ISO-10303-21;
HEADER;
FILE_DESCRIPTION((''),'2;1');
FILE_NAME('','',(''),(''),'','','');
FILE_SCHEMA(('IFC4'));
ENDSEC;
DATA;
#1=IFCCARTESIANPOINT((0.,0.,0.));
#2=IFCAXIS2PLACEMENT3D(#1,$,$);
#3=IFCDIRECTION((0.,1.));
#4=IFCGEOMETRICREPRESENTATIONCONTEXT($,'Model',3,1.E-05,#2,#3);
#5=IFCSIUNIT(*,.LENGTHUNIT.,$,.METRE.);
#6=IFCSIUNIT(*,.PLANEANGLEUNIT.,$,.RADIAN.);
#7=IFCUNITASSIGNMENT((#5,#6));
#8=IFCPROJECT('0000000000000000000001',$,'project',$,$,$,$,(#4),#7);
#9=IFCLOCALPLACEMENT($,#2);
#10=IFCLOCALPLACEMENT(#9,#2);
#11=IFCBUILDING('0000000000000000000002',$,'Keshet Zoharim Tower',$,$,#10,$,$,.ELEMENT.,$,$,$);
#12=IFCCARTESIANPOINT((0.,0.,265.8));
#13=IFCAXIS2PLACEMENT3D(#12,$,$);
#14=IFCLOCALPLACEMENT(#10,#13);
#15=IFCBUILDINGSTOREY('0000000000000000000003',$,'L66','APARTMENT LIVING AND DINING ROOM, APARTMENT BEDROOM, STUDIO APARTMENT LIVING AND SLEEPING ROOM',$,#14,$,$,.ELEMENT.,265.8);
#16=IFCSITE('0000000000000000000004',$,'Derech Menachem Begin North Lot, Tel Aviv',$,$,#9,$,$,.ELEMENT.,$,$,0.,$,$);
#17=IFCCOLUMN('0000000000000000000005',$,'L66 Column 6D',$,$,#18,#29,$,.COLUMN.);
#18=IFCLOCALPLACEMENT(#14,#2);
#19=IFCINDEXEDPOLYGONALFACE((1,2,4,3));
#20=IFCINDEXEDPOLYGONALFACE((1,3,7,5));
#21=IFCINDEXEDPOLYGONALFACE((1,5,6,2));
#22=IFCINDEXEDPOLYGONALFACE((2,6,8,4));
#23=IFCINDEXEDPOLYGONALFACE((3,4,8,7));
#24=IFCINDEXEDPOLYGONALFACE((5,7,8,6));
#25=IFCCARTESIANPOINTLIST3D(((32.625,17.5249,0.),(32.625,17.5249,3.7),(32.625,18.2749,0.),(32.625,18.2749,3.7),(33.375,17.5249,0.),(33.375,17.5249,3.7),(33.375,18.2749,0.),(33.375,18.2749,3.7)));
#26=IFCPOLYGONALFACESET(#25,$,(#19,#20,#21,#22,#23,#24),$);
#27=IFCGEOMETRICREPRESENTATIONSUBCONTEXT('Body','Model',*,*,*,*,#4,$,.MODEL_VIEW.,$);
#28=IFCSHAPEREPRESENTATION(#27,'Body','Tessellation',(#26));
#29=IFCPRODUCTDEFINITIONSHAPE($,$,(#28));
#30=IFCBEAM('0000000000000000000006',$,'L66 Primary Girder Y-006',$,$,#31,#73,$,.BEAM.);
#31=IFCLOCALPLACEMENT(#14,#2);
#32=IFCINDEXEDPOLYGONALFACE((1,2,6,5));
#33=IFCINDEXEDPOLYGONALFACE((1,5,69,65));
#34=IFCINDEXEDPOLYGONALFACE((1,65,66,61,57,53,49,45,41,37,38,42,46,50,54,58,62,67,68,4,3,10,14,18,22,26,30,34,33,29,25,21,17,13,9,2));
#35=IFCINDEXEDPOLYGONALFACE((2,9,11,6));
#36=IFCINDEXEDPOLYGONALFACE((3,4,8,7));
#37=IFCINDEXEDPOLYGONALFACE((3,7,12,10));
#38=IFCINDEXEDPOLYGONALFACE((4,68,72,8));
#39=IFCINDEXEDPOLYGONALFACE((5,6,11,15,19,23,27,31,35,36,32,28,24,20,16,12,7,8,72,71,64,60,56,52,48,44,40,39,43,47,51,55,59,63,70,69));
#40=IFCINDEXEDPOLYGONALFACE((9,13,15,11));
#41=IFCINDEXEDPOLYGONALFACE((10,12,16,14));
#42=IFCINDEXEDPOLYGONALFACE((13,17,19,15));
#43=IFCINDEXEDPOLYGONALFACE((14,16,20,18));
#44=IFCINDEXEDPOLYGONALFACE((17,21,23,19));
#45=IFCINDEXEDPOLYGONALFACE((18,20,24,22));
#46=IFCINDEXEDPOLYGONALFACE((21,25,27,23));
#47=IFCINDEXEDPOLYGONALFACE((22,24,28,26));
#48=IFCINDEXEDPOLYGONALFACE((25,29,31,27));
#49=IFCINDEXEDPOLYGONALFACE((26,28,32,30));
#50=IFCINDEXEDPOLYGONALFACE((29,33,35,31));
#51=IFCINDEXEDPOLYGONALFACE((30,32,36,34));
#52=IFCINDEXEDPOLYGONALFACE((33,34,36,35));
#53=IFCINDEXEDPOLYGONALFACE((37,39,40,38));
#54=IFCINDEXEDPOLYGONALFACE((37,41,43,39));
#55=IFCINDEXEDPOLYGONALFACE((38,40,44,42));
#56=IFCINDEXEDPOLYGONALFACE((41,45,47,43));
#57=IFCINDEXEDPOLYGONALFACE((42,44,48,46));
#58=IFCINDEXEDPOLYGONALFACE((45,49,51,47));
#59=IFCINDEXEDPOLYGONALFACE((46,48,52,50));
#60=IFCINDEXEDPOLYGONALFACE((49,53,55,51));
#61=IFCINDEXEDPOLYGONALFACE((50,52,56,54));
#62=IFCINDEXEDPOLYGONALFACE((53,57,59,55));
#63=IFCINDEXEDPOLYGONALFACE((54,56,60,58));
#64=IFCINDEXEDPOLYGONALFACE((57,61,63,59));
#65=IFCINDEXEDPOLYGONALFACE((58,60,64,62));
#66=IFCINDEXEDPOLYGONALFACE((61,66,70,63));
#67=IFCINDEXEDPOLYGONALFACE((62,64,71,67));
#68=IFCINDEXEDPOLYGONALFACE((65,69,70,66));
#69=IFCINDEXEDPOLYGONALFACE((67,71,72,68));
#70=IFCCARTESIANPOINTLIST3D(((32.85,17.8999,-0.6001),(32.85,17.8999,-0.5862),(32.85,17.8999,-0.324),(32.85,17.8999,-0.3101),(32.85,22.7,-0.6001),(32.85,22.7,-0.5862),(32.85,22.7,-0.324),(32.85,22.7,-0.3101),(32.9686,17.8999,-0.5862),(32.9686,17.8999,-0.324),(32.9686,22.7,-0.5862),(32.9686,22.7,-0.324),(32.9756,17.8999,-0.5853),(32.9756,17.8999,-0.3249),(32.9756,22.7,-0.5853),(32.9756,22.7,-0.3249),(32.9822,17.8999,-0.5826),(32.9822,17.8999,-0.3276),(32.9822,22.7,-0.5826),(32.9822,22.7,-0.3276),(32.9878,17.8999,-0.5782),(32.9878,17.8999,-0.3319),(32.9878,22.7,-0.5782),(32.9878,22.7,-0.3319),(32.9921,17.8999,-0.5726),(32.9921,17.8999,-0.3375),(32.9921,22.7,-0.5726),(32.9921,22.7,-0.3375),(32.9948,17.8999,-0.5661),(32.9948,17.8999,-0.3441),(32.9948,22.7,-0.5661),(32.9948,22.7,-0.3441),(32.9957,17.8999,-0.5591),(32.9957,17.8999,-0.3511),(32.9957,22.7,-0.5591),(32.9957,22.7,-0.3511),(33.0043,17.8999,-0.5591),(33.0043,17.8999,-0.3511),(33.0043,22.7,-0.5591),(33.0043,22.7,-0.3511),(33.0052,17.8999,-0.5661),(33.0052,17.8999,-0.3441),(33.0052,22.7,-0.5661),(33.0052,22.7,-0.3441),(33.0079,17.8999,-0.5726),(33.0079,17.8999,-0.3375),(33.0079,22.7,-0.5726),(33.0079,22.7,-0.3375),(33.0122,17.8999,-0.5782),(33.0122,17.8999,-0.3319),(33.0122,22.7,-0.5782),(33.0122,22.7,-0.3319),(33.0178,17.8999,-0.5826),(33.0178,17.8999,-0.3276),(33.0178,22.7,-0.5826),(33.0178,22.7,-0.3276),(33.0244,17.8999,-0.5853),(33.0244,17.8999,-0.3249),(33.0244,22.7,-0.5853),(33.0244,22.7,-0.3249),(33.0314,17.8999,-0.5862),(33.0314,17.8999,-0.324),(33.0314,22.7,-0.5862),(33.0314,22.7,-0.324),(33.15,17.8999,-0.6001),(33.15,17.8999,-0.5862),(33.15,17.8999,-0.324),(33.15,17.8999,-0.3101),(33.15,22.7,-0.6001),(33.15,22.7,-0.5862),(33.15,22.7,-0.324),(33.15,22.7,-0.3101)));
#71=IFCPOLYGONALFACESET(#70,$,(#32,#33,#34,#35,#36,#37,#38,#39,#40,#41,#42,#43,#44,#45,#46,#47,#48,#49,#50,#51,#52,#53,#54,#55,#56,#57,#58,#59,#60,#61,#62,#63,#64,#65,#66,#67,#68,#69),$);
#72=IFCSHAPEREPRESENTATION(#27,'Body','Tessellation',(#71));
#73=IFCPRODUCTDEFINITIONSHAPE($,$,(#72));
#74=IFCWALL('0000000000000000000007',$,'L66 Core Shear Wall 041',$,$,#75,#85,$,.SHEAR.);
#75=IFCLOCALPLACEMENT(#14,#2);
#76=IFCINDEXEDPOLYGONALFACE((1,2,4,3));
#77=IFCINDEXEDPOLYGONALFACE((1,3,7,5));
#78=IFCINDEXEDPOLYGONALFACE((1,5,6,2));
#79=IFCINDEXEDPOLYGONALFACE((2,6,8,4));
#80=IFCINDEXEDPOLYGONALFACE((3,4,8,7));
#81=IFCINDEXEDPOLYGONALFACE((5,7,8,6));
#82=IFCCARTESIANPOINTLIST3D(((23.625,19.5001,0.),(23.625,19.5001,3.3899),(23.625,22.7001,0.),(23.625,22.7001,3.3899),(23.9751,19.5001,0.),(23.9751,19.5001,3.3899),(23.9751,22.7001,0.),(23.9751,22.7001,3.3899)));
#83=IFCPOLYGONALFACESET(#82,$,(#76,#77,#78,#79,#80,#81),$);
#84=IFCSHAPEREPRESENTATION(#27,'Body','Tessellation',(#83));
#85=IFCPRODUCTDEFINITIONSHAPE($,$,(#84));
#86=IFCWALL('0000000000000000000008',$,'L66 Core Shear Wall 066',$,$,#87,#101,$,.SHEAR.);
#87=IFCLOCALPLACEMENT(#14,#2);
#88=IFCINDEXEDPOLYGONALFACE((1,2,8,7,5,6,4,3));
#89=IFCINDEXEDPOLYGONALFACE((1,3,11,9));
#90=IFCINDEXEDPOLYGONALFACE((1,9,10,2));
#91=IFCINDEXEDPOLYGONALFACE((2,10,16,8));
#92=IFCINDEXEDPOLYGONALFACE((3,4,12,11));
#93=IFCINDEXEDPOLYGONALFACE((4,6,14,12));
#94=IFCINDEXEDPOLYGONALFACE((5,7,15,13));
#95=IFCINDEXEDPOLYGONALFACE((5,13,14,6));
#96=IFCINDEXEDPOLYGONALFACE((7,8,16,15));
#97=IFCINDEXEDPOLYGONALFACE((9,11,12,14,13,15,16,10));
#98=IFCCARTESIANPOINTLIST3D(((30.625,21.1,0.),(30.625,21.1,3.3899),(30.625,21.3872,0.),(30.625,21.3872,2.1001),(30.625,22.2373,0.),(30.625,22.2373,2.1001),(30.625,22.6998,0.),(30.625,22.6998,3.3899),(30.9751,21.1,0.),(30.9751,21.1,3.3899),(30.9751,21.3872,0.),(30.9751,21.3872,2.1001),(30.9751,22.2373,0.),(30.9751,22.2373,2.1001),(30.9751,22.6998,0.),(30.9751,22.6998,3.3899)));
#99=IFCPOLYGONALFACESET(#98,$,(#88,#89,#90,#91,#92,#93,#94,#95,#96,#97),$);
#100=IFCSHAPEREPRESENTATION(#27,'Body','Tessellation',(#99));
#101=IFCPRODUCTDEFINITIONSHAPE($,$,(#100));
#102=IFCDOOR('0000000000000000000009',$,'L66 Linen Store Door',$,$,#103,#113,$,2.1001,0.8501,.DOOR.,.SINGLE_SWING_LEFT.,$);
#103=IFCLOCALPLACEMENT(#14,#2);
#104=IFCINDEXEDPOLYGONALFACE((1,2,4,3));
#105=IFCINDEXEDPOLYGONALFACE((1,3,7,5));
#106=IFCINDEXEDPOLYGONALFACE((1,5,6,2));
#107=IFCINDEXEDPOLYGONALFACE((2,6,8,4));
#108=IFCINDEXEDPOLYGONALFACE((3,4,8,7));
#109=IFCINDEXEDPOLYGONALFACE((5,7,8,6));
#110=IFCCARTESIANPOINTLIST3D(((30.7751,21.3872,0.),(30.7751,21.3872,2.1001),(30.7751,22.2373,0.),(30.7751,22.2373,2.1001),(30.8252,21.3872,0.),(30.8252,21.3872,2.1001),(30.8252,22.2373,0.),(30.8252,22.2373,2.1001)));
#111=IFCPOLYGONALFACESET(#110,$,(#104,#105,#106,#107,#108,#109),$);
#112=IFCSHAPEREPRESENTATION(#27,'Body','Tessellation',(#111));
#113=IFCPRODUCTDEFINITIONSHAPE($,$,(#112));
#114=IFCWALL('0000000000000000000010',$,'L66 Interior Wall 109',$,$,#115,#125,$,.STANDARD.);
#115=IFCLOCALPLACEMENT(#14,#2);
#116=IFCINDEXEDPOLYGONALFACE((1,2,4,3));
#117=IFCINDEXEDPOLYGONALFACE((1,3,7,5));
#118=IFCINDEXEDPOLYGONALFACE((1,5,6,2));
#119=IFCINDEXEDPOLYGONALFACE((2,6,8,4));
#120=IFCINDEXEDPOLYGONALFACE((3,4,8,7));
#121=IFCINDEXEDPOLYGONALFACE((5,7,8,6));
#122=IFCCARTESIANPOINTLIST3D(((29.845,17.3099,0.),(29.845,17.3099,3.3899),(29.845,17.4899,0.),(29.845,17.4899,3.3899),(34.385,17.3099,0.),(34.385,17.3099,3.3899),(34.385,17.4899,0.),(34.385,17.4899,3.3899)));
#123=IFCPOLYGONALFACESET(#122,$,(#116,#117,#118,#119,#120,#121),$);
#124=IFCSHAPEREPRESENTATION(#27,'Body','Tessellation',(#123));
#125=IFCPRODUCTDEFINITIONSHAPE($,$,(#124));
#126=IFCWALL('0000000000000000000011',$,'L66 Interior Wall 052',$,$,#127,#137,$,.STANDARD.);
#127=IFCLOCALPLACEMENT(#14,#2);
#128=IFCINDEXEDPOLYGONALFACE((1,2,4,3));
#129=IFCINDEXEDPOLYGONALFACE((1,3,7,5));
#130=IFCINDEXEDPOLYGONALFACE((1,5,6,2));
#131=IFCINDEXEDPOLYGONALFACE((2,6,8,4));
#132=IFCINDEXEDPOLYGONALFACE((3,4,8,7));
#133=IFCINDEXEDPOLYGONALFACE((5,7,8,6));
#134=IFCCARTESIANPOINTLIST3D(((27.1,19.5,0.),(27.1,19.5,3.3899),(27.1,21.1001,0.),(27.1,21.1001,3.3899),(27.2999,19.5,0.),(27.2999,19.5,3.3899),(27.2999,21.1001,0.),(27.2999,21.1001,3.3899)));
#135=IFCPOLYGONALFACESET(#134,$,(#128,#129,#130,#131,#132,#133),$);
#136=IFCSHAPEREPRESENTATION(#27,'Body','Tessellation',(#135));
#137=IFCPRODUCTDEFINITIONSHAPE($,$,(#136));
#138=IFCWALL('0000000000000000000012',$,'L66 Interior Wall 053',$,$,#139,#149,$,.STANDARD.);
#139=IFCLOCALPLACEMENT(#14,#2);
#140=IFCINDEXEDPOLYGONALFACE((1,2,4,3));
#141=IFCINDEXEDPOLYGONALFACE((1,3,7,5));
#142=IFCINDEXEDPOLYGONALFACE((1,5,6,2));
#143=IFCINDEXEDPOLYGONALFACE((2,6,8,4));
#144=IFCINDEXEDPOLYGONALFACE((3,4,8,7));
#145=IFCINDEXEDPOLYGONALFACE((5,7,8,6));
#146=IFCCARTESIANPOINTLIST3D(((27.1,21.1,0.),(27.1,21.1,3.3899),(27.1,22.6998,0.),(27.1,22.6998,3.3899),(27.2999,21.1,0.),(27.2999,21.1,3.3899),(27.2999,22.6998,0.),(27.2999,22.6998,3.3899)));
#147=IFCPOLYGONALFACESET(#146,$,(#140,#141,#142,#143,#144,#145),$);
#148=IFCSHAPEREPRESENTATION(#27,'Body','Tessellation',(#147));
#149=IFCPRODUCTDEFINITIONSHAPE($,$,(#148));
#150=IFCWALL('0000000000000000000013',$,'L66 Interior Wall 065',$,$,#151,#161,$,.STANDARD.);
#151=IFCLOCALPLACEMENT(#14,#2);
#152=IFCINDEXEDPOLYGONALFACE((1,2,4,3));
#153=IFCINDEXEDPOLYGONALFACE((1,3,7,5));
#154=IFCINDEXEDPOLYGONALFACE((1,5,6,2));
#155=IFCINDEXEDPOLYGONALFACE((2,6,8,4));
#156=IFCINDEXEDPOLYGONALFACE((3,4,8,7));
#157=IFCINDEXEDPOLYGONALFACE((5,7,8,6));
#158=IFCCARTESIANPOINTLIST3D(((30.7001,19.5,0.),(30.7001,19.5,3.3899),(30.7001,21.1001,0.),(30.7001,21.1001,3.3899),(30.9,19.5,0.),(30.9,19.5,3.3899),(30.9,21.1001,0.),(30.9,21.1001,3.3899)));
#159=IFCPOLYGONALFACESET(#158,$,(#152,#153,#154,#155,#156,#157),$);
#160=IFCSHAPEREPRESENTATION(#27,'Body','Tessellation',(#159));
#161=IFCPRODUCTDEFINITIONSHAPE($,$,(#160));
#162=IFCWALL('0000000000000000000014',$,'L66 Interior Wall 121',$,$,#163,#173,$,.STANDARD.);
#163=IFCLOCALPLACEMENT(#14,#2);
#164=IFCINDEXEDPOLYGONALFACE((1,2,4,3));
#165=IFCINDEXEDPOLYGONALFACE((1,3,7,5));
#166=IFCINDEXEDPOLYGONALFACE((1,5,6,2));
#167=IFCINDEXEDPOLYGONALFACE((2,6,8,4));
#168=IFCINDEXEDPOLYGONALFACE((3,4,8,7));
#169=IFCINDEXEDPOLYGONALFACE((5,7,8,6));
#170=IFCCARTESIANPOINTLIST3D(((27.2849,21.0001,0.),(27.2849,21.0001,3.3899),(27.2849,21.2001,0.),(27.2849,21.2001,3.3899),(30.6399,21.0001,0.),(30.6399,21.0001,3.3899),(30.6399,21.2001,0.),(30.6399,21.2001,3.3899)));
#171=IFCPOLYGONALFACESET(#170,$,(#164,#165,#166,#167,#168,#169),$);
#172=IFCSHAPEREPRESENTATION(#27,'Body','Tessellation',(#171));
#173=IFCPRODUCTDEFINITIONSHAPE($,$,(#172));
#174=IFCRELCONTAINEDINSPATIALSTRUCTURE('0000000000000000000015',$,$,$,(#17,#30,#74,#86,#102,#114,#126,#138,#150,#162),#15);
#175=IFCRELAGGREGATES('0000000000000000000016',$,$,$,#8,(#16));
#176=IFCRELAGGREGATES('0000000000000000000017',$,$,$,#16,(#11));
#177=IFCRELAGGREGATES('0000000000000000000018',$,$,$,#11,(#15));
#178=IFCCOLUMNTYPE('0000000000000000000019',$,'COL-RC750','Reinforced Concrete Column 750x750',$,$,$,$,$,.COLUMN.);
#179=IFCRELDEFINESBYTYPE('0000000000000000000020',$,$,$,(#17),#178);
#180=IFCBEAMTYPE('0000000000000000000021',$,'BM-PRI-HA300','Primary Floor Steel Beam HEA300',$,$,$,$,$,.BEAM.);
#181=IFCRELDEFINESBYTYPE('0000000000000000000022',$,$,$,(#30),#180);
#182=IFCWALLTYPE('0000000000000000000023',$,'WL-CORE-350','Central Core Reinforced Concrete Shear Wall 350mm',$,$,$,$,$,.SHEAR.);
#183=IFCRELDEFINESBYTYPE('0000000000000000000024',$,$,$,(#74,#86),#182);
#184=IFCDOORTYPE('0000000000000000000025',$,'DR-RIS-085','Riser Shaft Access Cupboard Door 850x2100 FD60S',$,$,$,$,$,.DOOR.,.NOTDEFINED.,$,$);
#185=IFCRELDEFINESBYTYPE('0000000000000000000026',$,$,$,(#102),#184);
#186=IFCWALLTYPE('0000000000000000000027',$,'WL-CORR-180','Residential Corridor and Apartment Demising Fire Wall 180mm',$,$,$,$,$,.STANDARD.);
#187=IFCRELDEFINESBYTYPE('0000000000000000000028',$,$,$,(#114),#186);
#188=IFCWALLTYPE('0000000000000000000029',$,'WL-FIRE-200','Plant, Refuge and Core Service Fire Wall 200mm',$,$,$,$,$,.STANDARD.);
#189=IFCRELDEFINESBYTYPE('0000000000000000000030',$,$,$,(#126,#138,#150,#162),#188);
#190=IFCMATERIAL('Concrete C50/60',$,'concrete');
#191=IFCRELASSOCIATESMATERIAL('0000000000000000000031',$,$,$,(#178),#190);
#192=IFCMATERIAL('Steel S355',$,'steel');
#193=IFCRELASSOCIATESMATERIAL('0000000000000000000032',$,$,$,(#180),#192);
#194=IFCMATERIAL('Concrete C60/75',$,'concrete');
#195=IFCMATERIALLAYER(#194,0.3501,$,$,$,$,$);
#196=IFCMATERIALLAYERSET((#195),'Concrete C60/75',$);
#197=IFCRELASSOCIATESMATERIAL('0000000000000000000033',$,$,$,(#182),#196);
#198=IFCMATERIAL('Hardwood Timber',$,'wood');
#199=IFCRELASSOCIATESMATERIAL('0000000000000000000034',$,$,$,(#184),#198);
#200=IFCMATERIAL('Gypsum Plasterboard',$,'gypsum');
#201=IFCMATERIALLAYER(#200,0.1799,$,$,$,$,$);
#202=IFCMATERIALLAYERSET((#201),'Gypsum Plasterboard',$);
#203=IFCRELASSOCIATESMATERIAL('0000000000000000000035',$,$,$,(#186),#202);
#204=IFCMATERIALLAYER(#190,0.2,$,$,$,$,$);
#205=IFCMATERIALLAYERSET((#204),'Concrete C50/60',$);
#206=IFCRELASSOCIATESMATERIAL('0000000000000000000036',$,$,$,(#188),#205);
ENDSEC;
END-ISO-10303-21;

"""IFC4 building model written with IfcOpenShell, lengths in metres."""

from ifc_helpers import new_model, si_unit, direction, frame, frame_2d, origin, origin_2d, place, context, subcontext, project, spatial, rectangle, i_section, extrude, material, layer, layer_set, material_profile, profile_set, type_object, element, fill, save


model = new_model("IFC4")

# Units and contexts
model_context = context("Model", 3, precision=1e-05, world=origin(), true_north=direction((0.0, 1.0)))
body_context = subcontext(model_context, "Body", "Model", "MODEL_VIEW")
ifc_project = project(units=[si_unit("LENGTHUNIT", "METRE"), si_unit("PLANEANGLEUNIT", "RADIAN")], contexts=[model_context])

# Site, building, storey
site_placement = place(None, origin())
site = spatial("IfcSite", under=ifc_project, at=site_placement, Name="Derech Menachem Begin North Lot, Tel Aviv", CompositionType="ELEMENT", RefElevation=0.0)
building_placement = place(site_placement, origin())
building = spatial("IfcBuilding", under=site, at=building_placement, Name="Keshet Zoharim Tower", CompositionType="ELEMENT")
storey_placement = place(building_placement, frame((0.0, 0.0, 265.8)))
storey = spatial("IfcBuildingStorey", under=building, at=storey_placement, Name="L66", Description="APARTMENT LIVING AND DINING ROOM, APARTMENT BEDROOM, STUDIO APARTMENT LIVING AND SLEEPING ROOM", CompositionType="ELEMENT", Elevation=265.8)

# Column
ifc_material_1 = material(Name="Concrete C50/60", Category="concrete")
ifc_material_profile_1 = material_profile(ifc_material_1, rectangle(XDim=0.75, YDim=0.75, at=origin_2d()), Name="RC750x750")
ifc_profile_set_1 = profile_set([ifc_material_profile_1], Name="Concrete C50/60")
column_type = type_object("IfcColumnType", Name="COL-RC750", Description="Reinforced Concrete Column 750x750", PredefinedType="COLUMN", material=ifc_profile_set_1)
column_placement = place(storey_placement, frame((33.0, 17.8999, 0.0), z_axis=(0.0, 0.0, 1.0), x_axis=(1.0, 0.0, 0.0)))
element("IfcColumn", 1, at=column_placement, inside=storey, type_object=column_type, Name="L66 Column 6D", PredefinedType="COLUMN", context=body_context, shape_type="SweptSolid", body=[
    extrude(rectangle(XDim=0.75, YDim=0.75, at=origin_2d()), origin(), (0.0, 0.0, 1.0), 3.7),
])

# Beam
ifc_material_2 = material(Name="Steel S355", Category="steel")
ifc_material_profile_2 = material_profile(ifc_material_2, i_section(OverallWidth=0.3, OverallDepth=0.29, WebThickness=0.0085, FlangeThickness=0.0139, FilletRadius=0.0271, at=origin_2d()), Name="HEA300")
ifc_profile_set_2 = profile_set([ifc_material_profile_2], Name="Steel S355")
beam_type = type_object("IfcBeamType", Name="BM-PRI-HA300", Description="Primary Floor Steel Beam HEA300", PredefinedType="BEAM", material=ifc_profile_set_2)
beam_placement = place(storey_placement, frame((33.0, 17.8999, -0.4551), z_axis=(0.0, 1.0, 0.0), x_axis=(-1.0, 0.0, 0.0)))
element("IfcBeam", 2, at=beam_placement, inside=storey, type_object=beam_type, Name="L66 Primary Girder Y-006", PredefinedType="BEAM", context=body_context, shape_type="SweptSolid", body=[
    extrude(i_section(OverallWidth=0.3, OverallDepth=0.29, WebThickness=0.0085, FlangeThickness=0.0139, FilletRadius=0.0271, at=origin_2d()), origin(), (0.0, 0.0, 1.0), 4.8),
])

# Wall
ifc_material_3 = material(Name="Concrete C60/75", Category="concrete")
ifc_layer_1 = layer(ifc_material_3, 0.3501)
ifc_layer_set_1 = layer_set([ifc_layer_1], Name="Concrete C60/75")
wall_type_1 = type_object("IfcWallType", Name="WL-CORE-350", Description="Central Core Reinforced Concrete Shear Wall 350mm", PredefinedType="SHEAR", material=ifc_layer_set_1)
wall_1_placement = place(storey_placement, frame((23.8, 19.5, 0.0), z_axis=(0.0, 0.0, 1.0), x_axis=(0.0, 1.0, 0.0)))
element("IfcWall", 3, at=wall_1_placement, inside=storey, type_object=wall_type_1, Name="L66 Core Shear Wall 041", PredefinedType="SHEAR", context=body_context, shape_type="SweptSolid", body=[
    extrude(rectangle(XDim=3.2, YDim=0.3501, at=frame_2d((1.6001, 0.0))), origin(), (0.0, 0.0, 1.0), 3.3899),
])

# Wall, opening, door
wall_2_placement = place(storey_placement, frame((30.8, 21.1001, 0.0), z_axis=(0.0, 0.0, 1.0), x_axis=(0.0, 1.0, 0.0)))
wall_2 = element("IfcWall", 4, at=wall_2_placement, inside=storey, type_object=wall_type_1, Name="L66 Core Shear Wall 066", PredefinedType="SHEAR", context=body_context, shape_type="SweptSolid", body=[
    extrude(rectangle(XDim=1.5999, YDim=0.3501, at=frame_2d((0.7998, 0.0))), origin(), (0.0, 0.0, 1.0), 3.3899),
])
opening_1_placement = place(wall_2_placement, frame((0.2871, 0.0, 0.0)))
opening_1 = element("IfcOpeningElement", 5, at=opening_1_placement, cuts=wall_2, PredefinedType="OPENING", context=body_context, shape_type="SweptSolid", body=[
    extrude(rectangle(XDim=0.8501, YDim=2.1001, at=frame_2d((0.425, 1.05))), frame((0.0, 0.1851, 0.0), z_axis=(0.0, -1.0, 0.0), x_axis=(1.0, 0.0, 0.0)), (0.0, 0.0, 1.0), 0.3701),
])
ifc_material_4 = material(Name="Hardwood Timber", Category="wood")
door_type_1 = type_object("IfcDoorType", Name="DR-RIS-085", Description="Riser Shaft Access Cupboard Door 850x2100 FD60S", OperationType="NOTDEFINED", PredefinedType="DOOR", material=ifc_material_4)
door_1_placement = place(opening_1_placement, origin())
door_1 = element("IfcDoor", 6, at=door_1_placement, inside=storey, type_object=door_type_1, Name="L66 Linen Store Door", OperationType="SINGLE_SWING_LEFT", OverallHeight=2.1001, OverallWidth=0.8501, PredefinedType="DOOR", context=body_context, shape_type="SweptSolid", body=[
    extrude(rectangle(XDim=0.8501, YDim=2.1001, at=frame_2d((0.425, 1.05))), frame((0.0, 0.0249, 0.0), z_axis=(0.0, -1.0, 0.0), x_axis=(1.0, 0.0, 0.0)), (0.0, 0.0, 1.0), 0.05),
])
fill(opening_1, door_1)
ifc_material_5 = material(Name="Gypsum Plasterboard", Category="gypsum")
ifc_layer_2 = layer(ifc_material_5, 0.1799)
ifc_layer_set_2 = layer_set([ifc_layer_2], Name="Gypsum Plasterboard")
wall_type_2 = type_object("IfcWallType", Name="WL-CORR-180", Description="Residential Corridor and Apartment Demising Fire Wall 180mm", PredefinedType="STANDARD", material=ifc_layer_set_2)

# Walls
wall_3_placement = place(storey_placement, frame((29.845, 17.3999, 0.0), z_axis=(0.0, 0.0, 1.0), x_axis=(1.0, 0.0, 0.0)))
element("IfcWall", 7, at=wall_3_placement, inside=storey, type_object=wall_type_2, Name="L66 Interior Wall 109", PredefinedType="STANDARD", context=body_context, shape_type="SweptSolid", body=[
    extrude(rectangle(XDim=4.54, YDim=0.1799, at=frame_2d((2.27, 0.0))), origin(), (0.0, 0.0, 1.0), 3.3899),
])
ifc_layer_3 = layer(ifc_material_1, 0.2)
ifc_layer_set_3 = layer_set([ifc_layer_3], Name="Concrete C50/60")
wall_type_3 = type_object("IfcWallType", Name="WL-FIRE-200", Description="Plant, Refuge and Core Service Fire Wall 200mm", PredefinedType="STANDARD", material=ifc_layer_set_3)
wall_4_placement = place(storey_placement, frame((27.2, 19.5, 0.0), z_axis=(0.0, 0.0, 1.0), x_axis=(0.0, 1.0, 0.0)))
element("IfcWall", 8, at=wall_4_placement, inside=storey, type_object=wall_type_3, Name="L66 Interior Wall 052", PredefinedType="STANDARD", context=body_context, shape_type="SweptSolid", body=[
    extrude(rectangle(XDim=1.6001, YDim=0.2, at=frame_2d((0.8, 0.0))), origin(), (0.0, 0.0, 1.0), 3.3899),
])
wall_5_placement = place(storey_placement, frame((27.2, 21.1001, 0.0), z_axis=(0.0, 0.0, 1.0), x_axis=(0.0, 1.0, 0.0)))
element("IfcWall", 9, at=wall_5_placement, inside=storey, type_object=wall_type_3, Name="L66 Interior Wall 053", PredefinedType="STANDARD", context=body_context, shape_type="SweptSolid", body=[
    extrude(rectangle(XDim=1.5999, YDim=0.2, at=frame_2d((0.7998, 0.0))), origin(), (0.0, 0.0, 1.0), 3.3899),
])
wall_6_placement = place(storey_placement, frame((30.8, 19.5, 0.0), z_axis=(0.0, 0.0, 1.0), x_axis=(0.0, 1.0, 0.0)))
element("IfcWall", 10, at=wall_6_placement, inside=storey, type_object=wall_type_3, Name="L66 Interior Wall 065", PredefinedType="STANDARD", context=body_context, shape_type="SweptSolid", body=[
    extrude(rectangle(XDim=1.6001, YDim=0.2, at=frame_2d((0.8, 0.0))), origin(), (0.0, 0.0, 1.0), 3.3899),
])

# Wall
wall_7_placement = place(storey_placement, frame((27.2849, 21.1001, 0.0), z_axis=(0.0, 0.0, 1.0), x_axis=(1.0, 0.0, 0.0)))
element("IfcWall", 11, at=wall_7_placement, inside=storey, type_object=wall_type_3, Name="L66 Interior Wall 121", PredefinedType="STANDARD", context=body_context, shape_type="SweptSolid", body=[
    extrude(rectangle(XDim=3.355, YDim=0.2, at=frame_2d((1.6775, 0.0))), origin(), (0.0, 0.0, 1.0), 3.3899),
])

save(model, "model.ifc")
